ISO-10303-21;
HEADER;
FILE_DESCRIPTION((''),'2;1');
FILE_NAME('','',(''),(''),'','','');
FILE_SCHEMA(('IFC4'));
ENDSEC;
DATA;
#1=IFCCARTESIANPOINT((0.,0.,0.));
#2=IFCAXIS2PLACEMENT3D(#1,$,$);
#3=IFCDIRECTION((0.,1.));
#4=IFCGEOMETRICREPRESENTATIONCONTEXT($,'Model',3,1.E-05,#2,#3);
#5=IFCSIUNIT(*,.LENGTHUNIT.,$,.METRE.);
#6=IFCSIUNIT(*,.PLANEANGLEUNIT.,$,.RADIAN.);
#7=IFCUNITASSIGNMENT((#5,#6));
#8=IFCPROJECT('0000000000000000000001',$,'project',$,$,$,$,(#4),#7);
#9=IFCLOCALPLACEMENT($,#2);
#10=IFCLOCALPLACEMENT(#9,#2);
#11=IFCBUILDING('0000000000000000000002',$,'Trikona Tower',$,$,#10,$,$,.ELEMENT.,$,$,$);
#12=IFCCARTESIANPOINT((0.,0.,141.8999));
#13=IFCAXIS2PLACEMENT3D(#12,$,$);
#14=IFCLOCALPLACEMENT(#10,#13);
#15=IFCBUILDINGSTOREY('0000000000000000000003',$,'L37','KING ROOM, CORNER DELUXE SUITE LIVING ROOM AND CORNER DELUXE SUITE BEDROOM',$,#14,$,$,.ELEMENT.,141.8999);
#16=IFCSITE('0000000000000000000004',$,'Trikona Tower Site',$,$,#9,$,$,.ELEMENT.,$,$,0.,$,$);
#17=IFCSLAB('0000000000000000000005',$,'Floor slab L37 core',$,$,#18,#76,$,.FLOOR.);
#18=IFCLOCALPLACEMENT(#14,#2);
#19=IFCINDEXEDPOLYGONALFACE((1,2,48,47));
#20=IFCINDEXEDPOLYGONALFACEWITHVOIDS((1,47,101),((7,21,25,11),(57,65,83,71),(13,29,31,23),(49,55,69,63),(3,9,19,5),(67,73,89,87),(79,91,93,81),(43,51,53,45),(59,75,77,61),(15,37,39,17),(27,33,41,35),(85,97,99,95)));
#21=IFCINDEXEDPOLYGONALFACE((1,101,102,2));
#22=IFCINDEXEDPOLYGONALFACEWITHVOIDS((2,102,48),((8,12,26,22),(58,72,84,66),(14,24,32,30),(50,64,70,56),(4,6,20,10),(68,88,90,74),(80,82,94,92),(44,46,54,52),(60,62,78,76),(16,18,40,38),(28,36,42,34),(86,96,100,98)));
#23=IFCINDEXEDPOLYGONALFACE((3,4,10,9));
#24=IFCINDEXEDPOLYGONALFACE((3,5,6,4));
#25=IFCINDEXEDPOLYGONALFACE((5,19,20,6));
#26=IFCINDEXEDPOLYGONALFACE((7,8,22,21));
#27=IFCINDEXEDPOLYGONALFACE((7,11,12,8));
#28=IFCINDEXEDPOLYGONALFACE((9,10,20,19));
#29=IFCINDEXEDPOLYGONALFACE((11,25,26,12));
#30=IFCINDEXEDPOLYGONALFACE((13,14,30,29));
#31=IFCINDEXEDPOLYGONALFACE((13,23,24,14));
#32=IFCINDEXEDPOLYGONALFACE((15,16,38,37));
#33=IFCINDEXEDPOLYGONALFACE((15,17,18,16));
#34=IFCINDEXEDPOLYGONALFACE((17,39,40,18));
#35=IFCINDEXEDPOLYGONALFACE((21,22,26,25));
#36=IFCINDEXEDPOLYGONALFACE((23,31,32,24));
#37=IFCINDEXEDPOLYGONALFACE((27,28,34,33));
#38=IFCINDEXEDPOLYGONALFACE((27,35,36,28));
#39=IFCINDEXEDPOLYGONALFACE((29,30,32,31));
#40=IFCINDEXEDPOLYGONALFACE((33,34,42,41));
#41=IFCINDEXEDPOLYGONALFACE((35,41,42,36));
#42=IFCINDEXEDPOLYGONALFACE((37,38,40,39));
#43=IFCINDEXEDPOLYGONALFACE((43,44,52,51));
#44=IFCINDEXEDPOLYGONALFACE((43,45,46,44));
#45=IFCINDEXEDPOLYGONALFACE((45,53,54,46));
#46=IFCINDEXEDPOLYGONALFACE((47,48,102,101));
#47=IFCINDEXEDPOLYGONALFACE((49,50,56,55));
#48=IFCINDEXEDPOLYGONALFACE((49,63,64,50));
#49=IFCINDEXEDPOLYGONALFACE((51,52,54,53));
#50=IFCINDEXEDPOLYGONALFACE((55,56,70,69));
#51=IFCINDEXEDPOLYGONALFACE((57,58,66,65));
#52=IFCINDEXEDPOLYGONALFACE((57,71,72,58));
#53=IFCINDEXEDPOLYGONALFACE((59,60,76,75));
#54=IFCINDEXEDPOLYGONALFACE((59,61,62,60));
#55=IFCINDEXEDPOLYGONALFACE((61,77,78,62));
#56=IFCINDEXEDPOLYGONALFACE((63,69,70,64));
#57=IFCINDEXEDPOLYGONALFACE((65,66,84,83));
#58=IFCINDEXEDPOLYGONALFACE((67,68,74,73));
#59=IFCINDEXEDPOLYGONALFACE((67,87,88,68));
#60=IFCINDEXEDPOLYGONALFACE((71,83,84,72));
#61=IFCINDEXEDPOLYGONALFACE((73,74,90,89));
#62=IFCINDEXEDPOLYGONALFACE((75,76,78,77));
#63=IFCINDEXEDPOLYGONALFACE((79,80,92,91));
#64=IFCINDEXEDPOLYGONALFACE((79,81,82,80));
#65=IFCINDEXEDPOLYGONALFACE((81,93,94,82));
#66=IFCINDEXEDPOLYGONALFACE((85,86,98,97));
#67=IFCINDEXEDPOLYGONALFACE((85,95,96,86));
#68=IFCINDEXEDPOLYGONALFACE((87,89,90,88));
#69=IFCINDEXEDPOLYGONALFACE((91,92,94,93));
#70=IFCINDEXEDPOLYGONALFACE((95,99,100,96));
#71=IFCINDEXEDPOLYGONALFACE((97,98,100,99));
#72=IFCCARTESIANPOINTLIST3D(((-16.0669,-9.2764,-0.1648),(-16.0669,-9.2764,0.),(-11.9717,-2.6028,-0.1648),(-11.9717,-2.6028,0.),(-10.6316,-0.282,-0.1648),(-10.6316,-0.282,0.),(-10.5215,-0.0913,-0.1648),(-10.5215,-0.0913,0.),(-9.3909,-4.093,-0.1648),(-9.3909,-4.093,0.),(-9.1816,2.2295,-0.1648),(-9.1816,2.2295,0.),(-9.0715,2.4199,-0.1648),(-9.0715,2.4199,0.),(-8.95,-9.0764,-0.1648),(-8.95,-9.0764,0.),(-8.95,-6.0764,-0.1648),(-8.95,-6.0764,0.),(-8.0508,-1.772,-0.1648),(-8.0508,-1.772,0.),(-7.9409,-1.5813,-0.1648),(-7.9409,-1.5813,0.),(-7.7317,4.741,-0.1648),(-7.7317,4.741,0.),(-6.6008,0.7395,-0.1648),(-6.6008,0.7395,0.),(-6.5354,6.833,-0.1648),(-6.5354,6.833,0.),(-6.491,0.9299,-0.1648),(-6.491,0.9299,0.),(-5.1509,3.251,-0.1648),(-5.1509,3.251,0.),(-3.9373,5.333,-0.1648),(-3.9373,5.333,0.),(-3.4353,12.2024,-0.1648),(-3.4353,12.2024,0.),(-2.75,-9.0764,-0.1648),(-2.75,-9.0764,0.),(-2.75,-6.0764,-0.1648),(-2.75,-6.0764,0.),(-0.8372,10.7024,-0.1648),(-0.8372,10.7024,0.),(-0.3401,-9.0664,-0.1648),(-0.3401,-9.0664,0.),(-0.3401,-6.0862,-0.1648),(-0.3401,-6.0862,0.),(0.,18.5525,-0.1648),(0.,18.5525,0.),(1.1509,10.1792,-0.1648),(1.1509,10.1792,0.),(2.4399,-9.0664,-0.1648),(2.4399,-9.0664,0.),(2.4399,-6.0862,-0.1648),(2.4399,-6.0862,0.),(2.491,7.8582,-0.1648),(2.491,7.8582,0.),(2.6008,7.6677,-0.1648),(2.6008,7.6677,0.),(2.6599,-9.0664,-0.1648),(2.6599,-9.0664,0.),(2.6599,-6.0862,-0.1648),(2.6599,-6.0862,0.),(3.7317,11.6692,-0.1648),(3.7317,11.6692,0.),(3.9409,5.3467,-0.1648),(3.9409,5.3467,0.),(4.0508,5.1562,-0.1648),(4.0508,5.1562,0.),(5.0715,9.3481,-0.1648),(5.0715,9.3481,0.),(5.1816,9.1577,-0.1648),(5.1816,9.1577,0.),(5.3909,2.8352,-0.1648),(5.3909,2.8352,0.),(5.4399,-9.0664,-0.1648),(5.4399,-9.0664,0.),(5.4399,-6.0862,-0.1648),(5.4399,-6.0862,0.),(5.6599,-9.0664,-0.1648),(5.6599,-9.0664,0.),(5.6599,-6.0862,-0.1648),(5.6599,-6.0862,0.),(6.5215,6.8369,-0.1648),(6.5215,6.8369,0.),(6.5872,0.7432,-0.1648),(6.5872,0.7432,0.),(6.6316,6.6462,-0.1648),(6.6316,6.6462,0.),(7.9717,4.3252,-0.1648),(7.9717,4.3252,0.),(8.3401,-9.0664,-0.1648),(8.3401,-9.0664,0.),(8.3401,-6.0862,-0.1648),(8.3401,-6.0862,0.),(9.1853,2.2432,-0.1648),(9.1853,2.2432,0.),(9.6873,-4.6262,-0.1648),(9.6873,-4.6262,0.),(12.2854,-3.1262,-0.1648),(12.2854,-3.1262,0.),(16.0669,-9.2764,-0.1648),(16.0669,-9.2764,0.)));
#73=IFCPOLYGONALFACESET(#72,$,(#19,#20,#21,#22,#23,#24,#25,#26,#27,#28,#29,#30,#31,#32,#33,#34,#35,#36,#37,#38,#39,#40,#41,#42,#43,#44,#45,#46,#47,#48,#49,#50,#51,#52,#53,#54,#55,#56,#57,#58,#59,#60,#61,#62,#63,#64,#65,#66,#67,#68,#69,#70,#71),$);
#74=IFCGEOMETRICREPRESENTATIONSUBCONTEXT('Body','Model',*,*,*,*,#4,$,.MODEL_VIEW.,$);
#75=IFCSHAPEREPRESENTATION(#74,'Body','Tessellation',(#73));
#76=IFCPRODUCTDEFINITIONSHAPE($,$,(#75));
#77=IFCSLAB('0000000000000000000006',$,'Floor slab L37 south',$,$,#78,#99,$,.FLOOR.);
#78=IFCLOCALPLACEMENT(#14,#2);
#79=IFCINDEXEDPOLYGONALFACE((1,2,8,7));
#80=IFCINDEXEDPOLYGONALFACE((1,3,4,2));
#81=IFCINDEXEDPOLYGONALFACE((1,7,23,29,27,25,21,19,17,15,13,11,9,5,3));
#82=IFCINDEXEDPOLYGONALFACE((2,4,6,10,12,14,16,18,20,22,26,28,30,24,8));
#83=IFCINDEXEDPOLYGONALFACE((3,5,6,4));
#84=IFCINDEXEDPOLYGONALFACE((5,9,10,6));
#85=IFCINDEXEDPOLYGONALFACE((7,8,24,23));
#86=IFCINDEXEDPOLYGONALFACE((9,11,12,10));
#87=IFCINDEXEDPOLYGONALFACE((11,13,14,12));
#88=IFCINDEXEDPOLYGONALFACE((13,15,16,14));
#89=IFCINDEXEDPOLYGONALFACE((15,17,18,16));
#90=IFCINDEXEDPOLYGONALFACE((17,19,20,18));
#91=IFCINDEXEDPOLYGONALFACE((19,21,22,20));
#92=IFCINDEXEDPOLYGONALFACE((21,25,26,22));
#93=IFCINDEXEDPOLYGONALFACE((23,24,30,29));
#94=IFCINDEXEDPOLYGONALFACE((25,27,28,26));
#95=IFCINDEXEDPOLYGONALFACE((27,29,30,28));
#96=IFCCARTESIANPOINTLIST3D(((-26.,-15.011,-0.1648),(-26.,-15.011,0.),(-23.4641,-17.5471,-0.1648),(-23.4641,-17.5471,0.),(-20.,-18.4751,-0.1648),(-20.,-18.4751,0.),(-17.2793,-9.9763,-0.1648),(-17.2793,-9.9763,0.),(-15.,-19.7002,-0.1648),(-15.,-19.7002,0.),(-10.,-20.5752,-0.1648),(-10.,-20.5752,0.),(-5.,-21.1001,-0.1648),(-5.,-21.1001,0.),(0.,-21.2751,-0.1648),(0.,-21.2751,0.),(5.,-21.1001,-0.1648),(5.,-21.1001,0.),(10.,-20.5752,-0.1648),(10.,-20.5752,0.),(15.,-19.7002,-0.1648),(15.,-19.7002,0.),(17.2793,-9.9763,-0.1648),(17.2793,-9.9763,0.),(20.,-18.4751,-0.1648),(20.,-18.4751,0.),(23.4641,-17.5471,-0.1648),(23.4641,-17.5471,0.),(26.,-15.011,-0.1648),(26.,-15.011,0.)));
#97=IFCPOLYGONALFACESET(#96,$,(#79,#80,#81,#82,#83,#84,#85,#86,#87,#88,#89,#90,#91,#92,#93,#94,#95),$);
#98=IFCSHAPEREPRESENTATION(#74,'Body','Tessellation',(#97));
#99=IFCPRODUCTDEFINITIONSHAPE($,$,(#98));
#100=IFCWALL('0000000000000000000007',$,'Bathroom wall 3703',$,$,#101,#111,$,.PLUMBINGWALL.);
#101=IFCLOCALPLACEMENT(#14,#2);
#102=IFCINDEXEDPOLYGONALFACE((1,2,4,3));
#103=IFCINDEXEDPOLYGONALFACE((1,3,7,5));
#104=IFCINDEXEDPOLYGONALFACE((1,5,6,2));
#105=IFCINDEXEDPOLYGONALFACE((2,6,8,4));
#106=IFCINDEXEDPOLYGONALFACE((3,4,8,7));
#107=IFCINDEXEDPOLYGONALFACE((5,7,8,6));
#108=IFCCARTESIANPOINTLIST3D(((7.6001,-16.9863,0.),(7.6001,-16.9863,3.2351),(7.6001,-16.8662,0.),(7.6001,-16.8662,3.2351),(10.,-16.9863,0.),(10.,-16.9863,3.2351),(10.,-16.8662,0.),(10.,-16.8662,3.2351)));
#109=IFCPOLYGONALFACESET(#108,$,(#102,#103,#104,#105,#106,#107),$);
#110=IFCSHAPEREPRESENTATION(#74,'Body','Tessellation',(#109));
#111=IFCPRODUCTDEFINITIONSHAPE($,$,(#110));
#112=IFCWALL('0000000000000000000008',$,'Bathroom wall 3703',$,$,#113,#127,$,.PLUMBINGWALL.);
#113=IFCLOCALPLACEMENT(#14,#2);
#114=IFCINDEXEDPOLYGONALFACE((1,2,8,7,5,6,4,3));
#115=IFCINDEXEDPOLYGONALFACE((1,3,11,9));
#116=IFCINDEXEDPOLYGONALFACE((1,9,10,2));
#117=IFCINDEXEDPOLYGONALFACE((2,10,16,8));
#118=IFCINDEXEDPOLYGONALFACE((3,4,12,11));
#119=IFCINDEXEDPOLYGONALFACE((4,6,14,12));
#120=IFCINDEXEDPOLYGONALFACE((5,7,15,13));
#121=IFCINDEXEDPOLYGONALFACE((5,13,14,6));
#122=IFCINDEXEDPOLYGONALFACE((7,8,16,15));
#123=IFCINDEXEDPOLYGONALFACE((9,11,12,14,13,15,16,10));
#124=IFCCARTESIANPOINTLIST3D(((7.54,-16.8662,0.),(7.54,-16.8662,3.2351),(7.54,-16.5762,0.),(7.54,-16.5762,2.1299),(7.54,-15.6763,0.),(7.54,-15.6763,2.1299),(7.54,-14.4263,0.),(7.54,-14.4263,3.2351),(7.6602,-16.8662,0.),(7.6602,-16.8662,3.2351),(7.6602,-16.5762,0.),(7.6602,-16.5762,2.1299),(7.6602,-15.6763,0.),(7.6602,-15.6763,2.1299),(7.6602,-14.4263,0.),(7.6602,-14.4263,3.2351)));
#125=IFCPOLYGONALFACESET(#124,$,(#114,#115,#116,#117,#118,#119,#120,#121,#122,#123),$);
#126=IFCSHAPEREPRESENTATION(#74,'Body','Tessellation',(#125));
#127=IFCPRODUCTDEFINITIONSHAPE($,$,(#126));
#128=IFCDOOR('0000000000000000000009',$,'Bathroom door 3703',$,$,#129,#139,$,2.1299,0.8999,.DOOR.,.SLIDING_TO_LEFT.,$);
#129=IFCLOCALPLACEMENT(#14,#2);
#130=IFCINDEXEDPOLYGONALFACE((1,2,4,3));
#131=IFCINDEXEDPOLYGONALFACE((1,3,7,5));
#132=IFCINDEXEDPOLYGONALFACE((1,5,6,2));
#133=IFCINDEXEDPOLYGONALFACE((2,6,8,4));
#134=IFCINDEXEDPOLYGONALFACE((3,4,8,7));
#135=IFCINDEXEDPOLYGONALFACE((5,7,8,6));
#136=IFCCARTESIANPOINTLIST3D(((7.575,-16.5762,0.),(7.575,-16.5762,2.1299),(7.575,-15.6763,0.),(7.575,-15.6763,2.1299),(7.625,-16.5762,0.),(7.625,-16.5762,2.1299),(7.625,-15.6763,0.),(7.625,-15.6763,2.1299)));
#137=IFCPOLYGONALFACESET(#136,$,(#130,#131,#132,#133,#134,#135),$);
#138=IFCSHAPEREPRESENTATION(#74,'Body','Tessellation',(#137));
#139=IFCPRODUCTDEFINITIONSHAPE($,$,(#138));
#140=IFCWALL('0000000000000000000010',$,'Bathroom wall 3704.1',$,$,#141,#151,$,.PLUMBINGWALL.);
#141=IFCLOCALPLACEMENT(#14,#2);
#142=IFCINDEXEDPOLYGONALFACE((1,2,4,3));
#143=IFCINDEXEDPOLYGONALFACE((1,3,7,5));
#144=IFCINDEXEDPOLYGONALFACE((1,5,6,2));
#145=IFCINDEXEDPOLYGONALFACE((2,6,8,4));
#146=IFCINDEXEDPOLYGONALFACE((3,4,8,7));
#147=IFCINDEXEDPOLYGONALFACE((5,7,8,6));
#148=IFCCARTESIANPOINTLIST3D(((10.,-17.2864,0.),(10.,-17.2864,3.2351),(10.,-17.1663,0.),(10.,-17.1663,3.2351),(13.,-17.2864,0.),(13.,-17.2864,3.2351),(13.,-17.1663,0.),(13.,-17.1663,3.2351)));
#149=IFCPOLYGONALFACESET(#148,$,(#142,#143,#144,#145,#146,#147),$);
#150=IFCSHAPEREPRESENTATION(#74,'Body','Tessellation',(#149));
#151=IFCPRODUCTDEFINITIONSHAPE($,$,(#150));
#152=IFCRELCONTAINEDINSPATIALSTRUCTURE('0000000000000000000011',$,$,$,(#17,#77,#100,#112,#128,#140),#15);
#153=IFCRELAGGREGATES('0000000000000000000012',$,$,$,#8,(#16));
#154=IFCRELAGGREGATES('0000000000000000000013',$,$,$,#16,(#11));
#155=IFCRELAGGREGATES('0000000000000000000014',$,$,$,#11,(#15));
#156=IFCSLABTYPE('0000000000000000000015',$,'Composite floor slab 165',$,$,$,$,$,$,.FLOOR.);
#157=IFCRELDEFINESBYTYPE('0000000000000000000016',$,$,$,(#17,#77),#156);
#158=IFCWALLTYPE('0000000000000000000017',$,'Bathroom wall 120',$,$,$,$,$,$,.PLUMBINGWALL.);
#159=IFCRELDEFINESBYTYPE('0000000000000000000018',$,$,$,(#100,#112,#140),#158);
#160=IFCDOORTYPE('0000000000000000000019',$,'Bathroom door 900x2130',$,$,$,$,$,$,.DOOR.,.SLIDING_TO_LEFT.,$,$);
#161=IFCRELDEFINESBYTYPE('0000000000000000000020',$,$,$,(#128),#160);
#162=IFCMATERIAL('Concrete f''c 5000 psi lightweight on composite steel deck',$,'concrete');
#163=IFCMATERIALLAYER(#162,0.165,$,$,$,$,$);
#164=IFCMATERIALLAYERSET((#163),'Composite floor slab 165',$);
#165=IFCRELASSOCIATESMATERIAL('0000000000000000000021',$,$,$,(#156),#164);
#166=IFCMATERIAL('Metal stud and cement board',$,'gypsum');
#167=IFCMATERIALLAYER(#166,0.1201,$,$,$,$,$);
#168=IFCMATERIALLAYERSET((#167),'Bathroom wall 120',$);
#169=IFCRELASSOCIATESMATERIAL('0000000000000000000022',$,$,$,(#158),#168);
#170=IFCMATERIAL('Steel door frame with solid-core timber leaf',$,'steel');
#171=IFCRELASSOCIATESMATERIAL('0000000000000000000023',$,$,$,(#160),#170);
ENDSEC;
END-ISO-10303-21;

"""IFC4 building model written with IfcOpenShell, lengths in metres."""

from ifc_helpers import new_model, si_unit, direction, frame, frame_2d, origin, place, context, subcontext, project, spatial, polyline, rectangle, outline, extrude, material, layer, layer_set, type_object, element, fill, save


model = new_model("IFC4")

# Units and contexts
model_context = context("Model", 3, precision=1e-05, world=origin(), true_north=direction((0.0, 1.0)))
body_context = subcontext(model_context, "Body", "Model", "MODEL_VIEW")
ifc_project = project(units=[si_unit("LENGTHUNIT", "METRE"), si_unit("PLANEANGLEUNIT", "RADIAN")], contexts=[model_context])

# Site, building, storey
site_placement = place(None, origin())
site = spatial("IfcSite", under=ifc_project, at=site_placement, Name="Trikona Tower Site", CompositionType="ELEMENT", RefElevation=0.0)
building_placement = place(site_placement, origin())
building = spatial("IfcBuilding", under=site, at=building_placement, Name="Trikona Tower", CompositionType="ELEMENT")
storey_placement = place(building_placement, frame((0.0, 0.0, 141.8999)))
storey = spatial("IfcBuildingStorey", under=building, at=storey_placement, Name="L37", Description="KING ROOM, CORNER DELUXE SUITE LIVING ROOM AND CORNER DELUXE SUITE BEDROOM", CompositionType="ELEMENT", Elevation=141.8999)

# Slabs
ifc_material_1 = material(Name="Concrete f'c 5000 psi lightweight on composite steel deck", Category="concrete")
ifc_layer_1 = layer(ifc_material_1, 0.165)
ifc_layer_set_1 = layer_set([ifc_layer_1], Name="Composite floor slab 165")
slab_type = type_object("IfcSlabType", Name="Composite floor slab 165", PredefinedType="FLOOR", material=ifc_layer_set_1)
slab_1_placement = place(storey_placement, frame((0.0, 0.0, -0.1648)))
element("IfcSlab", 1, at=slab_1_placement, inside=storey, type_object=slab_type, Name="Floor slab L37 core", PredefinedType="FLOOR", context=body_context, shape_type="SweptSolid", body=[
    extrude(outline(polyline([(-16.0669, -9.2764), (16.0669, -9.2764), (0.0, 18.5525), (-16.0669, -9.2764)]), holes=[polyline([(12.2854, -3.1262), (9.1853, 2.2432), (6.5872, 0.7432), (9.6873, -4.6262), (12.2854, -3.1262)]), polyline([(8.3401, -9.0664), (8.3401, -6.0862), (5.6599, -6.0862), (5.6599, -9.0664), (8.3401, -9.0664)]), polyline([(5.3909, 2.8352), (7.9717, 4.3252), (6.6316, 6.6462), (4.0508, 5.1562), (5.3909, 2.8352)]), polyline([(2.6008, 7.6677), (3.9409, 5.3467), (6.5215, 6.8369), (5.1816, 9.1577), (2.6008, 7.6677)]), polyline([(5.4399, -6.0862), (2.6599, -6.0862), (2.6599, -9.0664), (5.4399, -9.0664), (5.4399, -6.0862)]), polyline([(3.7317, 11.6692), (1.1509, 10.1792), (2.491, 7.8582), (5.0715, 9.3481), (3.7317, 11.6692)]), polyline([(-0.3401, -6.0862), (-0.3401, -9.0664), (2.4399, -9.0664), (2.4399, -6.0862), (-0.3401, -6.0862)]), polyline([(-3.4353, 12.2024), (-6.5354, 6.833), (-3.9373, 5.333), (-0.8372, 10.7024), (-3.4353, 12.2024)]), polyline([(-8.95, -9.0764), (-2.75, -9.0764), (-2.75, -6.0764), (-8.95, -6.0764), (-8.95, -9.0764)]), polyline([(-5.1509, 3.251), (-7.7317, 4.741), (-9.0715, 2.4199), (-6.491, 0.9299), (-5.1509, 3.251)]), polyline([(-7.9409, -1.5813), (-6.6008, 0.7395), (-9.1816, 2.2295), (-10.5215, -0.0913), (-7.9409, -1.5813)]), polyline([(-11.9717, -2.6028), (-9.3909, -4.093), (-8.0508, -1.772), (-10.6316, -0.282), (-11.9717, -2.6028)])]), origin(), (0.0, 0.0, 1.0), 0.1648),
])
slab_2_placement = place(storey_placement, frame((0.0, 0.0, -0.1648)))
element("IfcSlab", 2, at=slab_2_placement, inside=storey, type_object=slab_type, Name="Floor slab L37 south", PredefinedType="FLOOR", context=body_context, shape_type="SweptSolid", body=[
    extrude(outline(polyline([(23.4641, -17.5471), (26.0, -15.011), (17.2793, -9.9763), (-17.2793, -9.9763), (-26.0, -15.011), (-23.4641, -17.5471), (-20.0, -18.4751), (-15.0, -19.7002), (-10.0, -20.5752), (-5.0, -21.1001), (0.0, -21.2751), (5.0, -21.1001), (10.0, -20.5752), (15.0, -19.7002), (20.0, -18.4751), (23.4641, -17.5471)])), origin(), (0.0, 0.0, 1.0), 0.1648),
])

# Wall
ifc_material_2 = material(Name="Metal stud and cement board", Category="gypsum")
ifc_layer_2 = layer(ifc_material_2, 0.1201)
ifc_layer_set_2 = layer_set([ifc_layer_2], Name="Bathroom wall 120")
wall_type_1 = type_object("IfcWallType", Name="Bathroom wall 120", PredefinedType="PLUMBINGWALL", material=ifc_layer_set_2)
wall_1_placement = place(storey_placement, frame((7.6001, -16.9263, 0.0), z_axis=(0.0, 0.0, 1.0), x_axis=(1.0, 0.0, 0.0)))
element("IfcWall", 3, at=wall_1_placement, inside=storey, type_object=wall_type_1, Name="Bathroom wall 3703", PredefinedType="PLUMBINGWALL", context=body_context, shape_type="SweptSolid", body=[
    extrude(rectangle(XDim=2.3999, YDim=0.1201, at=frame_2d((1.2, 0.0))), origin(), (0.0, 0.0, 1.0), 3.2351),
])

# Wall, opening, door
wall_2_placement = place(storey_placement, frame((7.6001, -14.4263, 0.0), z_axis=(0.0, 0.0, 1.0), x_axis=(0.0, -1.0, 0.0)))
wall_2 = element("IfcWall", 4, at=wall_2_placement, inside=storey, type_object=wall_type_1, Name="Bathroom wall 3703", PredefinedType="PLUMBINGWALL", context=body_context, shape_type="SweptSolid", body=[
    extrude(rectangle(XDim=2.4399, YDim=0.1201, at=frame_2d((1.22, 0.0))), origin(), (0.0, 0.0, 1.0), 3.2351),
])
opening_1_placement = place(wall_2_placement, frame((1.25, 0.0, 0.0)))
opening_1 = element("IfcOpeningElement", 5, at=opening_1_placement, cuts=wall_2, PredefinedType="OPENING", context=body_context, shape_type="SweptSolid", body=[
    extrude(rectangle(XDim=0.8999, YDim=2.1299, at=frame_2d((0.45, 1.0649))), frame((0.0, 0.0701, 0.0), z_axis=(0.0, -1.0, 0.0), x_axis=(1.0, 0.0, 0.0)), (0.0, 0.0, 1.0), 0.1401),
])
ifc_material_3 = material(Name="Steel door frame with solid-core timber leaf", Category="steel")
door_type = type_object("IfcDoorType", Name="Bathroom door 900x2130", OperationType="SLIDING_TO_LEFT", PredefinedType="DOOR", material=ifc_material_3)
door_1_placement = place(opening_1_placement, origin())
door_1 = element("IfcDoor", 6, at=door_1_placement, inside=storey, type_object=door_type, Name="Bathroom door 3703", OperationType="SLIDING_TO_LEFT", OverallHeight=2.1299, OverallWidth=0.8999, PredefinedType="DOOR", context=body_context, shape_type="SweptSolid", body=[
    extrude(rectangle(XDim=0.8999, YDim=2.1299, at=frame_2d((0.45, 1.0649))), frame((0.0, 0.0249, 0.0), z_axis=(0.0, -1.0, 0.0), x_axis=(1.0, 0.0, 0.0)), (0.0, 0.0, 1.0), 0.05),
])
fill(opening_1, door_1)

# Wall
wall_3_placement = place(storey_placement, frame((10.0, -17.2263, 0.0), z_axis=(0.0, 0.0, 1.0), x_axis=(1.0, 0.0, 0.0)))
element("IfcWall", 7, at=wall_3_placement, inside=storey, type_object=wall_type_1, Name="Bathroom wall 3704.1", PredefinedType="PLUMBINGWALL", context=body_context, shape_type="SweptSolid", body=[
    extrude(rectangle(XDim=3.0, YDim=0.1201, at=frame_2d((1.5, 0.0))), origin(), (0.0, 0.0, 1.0), 3.2351),
])

save(model, "model.ifc")
